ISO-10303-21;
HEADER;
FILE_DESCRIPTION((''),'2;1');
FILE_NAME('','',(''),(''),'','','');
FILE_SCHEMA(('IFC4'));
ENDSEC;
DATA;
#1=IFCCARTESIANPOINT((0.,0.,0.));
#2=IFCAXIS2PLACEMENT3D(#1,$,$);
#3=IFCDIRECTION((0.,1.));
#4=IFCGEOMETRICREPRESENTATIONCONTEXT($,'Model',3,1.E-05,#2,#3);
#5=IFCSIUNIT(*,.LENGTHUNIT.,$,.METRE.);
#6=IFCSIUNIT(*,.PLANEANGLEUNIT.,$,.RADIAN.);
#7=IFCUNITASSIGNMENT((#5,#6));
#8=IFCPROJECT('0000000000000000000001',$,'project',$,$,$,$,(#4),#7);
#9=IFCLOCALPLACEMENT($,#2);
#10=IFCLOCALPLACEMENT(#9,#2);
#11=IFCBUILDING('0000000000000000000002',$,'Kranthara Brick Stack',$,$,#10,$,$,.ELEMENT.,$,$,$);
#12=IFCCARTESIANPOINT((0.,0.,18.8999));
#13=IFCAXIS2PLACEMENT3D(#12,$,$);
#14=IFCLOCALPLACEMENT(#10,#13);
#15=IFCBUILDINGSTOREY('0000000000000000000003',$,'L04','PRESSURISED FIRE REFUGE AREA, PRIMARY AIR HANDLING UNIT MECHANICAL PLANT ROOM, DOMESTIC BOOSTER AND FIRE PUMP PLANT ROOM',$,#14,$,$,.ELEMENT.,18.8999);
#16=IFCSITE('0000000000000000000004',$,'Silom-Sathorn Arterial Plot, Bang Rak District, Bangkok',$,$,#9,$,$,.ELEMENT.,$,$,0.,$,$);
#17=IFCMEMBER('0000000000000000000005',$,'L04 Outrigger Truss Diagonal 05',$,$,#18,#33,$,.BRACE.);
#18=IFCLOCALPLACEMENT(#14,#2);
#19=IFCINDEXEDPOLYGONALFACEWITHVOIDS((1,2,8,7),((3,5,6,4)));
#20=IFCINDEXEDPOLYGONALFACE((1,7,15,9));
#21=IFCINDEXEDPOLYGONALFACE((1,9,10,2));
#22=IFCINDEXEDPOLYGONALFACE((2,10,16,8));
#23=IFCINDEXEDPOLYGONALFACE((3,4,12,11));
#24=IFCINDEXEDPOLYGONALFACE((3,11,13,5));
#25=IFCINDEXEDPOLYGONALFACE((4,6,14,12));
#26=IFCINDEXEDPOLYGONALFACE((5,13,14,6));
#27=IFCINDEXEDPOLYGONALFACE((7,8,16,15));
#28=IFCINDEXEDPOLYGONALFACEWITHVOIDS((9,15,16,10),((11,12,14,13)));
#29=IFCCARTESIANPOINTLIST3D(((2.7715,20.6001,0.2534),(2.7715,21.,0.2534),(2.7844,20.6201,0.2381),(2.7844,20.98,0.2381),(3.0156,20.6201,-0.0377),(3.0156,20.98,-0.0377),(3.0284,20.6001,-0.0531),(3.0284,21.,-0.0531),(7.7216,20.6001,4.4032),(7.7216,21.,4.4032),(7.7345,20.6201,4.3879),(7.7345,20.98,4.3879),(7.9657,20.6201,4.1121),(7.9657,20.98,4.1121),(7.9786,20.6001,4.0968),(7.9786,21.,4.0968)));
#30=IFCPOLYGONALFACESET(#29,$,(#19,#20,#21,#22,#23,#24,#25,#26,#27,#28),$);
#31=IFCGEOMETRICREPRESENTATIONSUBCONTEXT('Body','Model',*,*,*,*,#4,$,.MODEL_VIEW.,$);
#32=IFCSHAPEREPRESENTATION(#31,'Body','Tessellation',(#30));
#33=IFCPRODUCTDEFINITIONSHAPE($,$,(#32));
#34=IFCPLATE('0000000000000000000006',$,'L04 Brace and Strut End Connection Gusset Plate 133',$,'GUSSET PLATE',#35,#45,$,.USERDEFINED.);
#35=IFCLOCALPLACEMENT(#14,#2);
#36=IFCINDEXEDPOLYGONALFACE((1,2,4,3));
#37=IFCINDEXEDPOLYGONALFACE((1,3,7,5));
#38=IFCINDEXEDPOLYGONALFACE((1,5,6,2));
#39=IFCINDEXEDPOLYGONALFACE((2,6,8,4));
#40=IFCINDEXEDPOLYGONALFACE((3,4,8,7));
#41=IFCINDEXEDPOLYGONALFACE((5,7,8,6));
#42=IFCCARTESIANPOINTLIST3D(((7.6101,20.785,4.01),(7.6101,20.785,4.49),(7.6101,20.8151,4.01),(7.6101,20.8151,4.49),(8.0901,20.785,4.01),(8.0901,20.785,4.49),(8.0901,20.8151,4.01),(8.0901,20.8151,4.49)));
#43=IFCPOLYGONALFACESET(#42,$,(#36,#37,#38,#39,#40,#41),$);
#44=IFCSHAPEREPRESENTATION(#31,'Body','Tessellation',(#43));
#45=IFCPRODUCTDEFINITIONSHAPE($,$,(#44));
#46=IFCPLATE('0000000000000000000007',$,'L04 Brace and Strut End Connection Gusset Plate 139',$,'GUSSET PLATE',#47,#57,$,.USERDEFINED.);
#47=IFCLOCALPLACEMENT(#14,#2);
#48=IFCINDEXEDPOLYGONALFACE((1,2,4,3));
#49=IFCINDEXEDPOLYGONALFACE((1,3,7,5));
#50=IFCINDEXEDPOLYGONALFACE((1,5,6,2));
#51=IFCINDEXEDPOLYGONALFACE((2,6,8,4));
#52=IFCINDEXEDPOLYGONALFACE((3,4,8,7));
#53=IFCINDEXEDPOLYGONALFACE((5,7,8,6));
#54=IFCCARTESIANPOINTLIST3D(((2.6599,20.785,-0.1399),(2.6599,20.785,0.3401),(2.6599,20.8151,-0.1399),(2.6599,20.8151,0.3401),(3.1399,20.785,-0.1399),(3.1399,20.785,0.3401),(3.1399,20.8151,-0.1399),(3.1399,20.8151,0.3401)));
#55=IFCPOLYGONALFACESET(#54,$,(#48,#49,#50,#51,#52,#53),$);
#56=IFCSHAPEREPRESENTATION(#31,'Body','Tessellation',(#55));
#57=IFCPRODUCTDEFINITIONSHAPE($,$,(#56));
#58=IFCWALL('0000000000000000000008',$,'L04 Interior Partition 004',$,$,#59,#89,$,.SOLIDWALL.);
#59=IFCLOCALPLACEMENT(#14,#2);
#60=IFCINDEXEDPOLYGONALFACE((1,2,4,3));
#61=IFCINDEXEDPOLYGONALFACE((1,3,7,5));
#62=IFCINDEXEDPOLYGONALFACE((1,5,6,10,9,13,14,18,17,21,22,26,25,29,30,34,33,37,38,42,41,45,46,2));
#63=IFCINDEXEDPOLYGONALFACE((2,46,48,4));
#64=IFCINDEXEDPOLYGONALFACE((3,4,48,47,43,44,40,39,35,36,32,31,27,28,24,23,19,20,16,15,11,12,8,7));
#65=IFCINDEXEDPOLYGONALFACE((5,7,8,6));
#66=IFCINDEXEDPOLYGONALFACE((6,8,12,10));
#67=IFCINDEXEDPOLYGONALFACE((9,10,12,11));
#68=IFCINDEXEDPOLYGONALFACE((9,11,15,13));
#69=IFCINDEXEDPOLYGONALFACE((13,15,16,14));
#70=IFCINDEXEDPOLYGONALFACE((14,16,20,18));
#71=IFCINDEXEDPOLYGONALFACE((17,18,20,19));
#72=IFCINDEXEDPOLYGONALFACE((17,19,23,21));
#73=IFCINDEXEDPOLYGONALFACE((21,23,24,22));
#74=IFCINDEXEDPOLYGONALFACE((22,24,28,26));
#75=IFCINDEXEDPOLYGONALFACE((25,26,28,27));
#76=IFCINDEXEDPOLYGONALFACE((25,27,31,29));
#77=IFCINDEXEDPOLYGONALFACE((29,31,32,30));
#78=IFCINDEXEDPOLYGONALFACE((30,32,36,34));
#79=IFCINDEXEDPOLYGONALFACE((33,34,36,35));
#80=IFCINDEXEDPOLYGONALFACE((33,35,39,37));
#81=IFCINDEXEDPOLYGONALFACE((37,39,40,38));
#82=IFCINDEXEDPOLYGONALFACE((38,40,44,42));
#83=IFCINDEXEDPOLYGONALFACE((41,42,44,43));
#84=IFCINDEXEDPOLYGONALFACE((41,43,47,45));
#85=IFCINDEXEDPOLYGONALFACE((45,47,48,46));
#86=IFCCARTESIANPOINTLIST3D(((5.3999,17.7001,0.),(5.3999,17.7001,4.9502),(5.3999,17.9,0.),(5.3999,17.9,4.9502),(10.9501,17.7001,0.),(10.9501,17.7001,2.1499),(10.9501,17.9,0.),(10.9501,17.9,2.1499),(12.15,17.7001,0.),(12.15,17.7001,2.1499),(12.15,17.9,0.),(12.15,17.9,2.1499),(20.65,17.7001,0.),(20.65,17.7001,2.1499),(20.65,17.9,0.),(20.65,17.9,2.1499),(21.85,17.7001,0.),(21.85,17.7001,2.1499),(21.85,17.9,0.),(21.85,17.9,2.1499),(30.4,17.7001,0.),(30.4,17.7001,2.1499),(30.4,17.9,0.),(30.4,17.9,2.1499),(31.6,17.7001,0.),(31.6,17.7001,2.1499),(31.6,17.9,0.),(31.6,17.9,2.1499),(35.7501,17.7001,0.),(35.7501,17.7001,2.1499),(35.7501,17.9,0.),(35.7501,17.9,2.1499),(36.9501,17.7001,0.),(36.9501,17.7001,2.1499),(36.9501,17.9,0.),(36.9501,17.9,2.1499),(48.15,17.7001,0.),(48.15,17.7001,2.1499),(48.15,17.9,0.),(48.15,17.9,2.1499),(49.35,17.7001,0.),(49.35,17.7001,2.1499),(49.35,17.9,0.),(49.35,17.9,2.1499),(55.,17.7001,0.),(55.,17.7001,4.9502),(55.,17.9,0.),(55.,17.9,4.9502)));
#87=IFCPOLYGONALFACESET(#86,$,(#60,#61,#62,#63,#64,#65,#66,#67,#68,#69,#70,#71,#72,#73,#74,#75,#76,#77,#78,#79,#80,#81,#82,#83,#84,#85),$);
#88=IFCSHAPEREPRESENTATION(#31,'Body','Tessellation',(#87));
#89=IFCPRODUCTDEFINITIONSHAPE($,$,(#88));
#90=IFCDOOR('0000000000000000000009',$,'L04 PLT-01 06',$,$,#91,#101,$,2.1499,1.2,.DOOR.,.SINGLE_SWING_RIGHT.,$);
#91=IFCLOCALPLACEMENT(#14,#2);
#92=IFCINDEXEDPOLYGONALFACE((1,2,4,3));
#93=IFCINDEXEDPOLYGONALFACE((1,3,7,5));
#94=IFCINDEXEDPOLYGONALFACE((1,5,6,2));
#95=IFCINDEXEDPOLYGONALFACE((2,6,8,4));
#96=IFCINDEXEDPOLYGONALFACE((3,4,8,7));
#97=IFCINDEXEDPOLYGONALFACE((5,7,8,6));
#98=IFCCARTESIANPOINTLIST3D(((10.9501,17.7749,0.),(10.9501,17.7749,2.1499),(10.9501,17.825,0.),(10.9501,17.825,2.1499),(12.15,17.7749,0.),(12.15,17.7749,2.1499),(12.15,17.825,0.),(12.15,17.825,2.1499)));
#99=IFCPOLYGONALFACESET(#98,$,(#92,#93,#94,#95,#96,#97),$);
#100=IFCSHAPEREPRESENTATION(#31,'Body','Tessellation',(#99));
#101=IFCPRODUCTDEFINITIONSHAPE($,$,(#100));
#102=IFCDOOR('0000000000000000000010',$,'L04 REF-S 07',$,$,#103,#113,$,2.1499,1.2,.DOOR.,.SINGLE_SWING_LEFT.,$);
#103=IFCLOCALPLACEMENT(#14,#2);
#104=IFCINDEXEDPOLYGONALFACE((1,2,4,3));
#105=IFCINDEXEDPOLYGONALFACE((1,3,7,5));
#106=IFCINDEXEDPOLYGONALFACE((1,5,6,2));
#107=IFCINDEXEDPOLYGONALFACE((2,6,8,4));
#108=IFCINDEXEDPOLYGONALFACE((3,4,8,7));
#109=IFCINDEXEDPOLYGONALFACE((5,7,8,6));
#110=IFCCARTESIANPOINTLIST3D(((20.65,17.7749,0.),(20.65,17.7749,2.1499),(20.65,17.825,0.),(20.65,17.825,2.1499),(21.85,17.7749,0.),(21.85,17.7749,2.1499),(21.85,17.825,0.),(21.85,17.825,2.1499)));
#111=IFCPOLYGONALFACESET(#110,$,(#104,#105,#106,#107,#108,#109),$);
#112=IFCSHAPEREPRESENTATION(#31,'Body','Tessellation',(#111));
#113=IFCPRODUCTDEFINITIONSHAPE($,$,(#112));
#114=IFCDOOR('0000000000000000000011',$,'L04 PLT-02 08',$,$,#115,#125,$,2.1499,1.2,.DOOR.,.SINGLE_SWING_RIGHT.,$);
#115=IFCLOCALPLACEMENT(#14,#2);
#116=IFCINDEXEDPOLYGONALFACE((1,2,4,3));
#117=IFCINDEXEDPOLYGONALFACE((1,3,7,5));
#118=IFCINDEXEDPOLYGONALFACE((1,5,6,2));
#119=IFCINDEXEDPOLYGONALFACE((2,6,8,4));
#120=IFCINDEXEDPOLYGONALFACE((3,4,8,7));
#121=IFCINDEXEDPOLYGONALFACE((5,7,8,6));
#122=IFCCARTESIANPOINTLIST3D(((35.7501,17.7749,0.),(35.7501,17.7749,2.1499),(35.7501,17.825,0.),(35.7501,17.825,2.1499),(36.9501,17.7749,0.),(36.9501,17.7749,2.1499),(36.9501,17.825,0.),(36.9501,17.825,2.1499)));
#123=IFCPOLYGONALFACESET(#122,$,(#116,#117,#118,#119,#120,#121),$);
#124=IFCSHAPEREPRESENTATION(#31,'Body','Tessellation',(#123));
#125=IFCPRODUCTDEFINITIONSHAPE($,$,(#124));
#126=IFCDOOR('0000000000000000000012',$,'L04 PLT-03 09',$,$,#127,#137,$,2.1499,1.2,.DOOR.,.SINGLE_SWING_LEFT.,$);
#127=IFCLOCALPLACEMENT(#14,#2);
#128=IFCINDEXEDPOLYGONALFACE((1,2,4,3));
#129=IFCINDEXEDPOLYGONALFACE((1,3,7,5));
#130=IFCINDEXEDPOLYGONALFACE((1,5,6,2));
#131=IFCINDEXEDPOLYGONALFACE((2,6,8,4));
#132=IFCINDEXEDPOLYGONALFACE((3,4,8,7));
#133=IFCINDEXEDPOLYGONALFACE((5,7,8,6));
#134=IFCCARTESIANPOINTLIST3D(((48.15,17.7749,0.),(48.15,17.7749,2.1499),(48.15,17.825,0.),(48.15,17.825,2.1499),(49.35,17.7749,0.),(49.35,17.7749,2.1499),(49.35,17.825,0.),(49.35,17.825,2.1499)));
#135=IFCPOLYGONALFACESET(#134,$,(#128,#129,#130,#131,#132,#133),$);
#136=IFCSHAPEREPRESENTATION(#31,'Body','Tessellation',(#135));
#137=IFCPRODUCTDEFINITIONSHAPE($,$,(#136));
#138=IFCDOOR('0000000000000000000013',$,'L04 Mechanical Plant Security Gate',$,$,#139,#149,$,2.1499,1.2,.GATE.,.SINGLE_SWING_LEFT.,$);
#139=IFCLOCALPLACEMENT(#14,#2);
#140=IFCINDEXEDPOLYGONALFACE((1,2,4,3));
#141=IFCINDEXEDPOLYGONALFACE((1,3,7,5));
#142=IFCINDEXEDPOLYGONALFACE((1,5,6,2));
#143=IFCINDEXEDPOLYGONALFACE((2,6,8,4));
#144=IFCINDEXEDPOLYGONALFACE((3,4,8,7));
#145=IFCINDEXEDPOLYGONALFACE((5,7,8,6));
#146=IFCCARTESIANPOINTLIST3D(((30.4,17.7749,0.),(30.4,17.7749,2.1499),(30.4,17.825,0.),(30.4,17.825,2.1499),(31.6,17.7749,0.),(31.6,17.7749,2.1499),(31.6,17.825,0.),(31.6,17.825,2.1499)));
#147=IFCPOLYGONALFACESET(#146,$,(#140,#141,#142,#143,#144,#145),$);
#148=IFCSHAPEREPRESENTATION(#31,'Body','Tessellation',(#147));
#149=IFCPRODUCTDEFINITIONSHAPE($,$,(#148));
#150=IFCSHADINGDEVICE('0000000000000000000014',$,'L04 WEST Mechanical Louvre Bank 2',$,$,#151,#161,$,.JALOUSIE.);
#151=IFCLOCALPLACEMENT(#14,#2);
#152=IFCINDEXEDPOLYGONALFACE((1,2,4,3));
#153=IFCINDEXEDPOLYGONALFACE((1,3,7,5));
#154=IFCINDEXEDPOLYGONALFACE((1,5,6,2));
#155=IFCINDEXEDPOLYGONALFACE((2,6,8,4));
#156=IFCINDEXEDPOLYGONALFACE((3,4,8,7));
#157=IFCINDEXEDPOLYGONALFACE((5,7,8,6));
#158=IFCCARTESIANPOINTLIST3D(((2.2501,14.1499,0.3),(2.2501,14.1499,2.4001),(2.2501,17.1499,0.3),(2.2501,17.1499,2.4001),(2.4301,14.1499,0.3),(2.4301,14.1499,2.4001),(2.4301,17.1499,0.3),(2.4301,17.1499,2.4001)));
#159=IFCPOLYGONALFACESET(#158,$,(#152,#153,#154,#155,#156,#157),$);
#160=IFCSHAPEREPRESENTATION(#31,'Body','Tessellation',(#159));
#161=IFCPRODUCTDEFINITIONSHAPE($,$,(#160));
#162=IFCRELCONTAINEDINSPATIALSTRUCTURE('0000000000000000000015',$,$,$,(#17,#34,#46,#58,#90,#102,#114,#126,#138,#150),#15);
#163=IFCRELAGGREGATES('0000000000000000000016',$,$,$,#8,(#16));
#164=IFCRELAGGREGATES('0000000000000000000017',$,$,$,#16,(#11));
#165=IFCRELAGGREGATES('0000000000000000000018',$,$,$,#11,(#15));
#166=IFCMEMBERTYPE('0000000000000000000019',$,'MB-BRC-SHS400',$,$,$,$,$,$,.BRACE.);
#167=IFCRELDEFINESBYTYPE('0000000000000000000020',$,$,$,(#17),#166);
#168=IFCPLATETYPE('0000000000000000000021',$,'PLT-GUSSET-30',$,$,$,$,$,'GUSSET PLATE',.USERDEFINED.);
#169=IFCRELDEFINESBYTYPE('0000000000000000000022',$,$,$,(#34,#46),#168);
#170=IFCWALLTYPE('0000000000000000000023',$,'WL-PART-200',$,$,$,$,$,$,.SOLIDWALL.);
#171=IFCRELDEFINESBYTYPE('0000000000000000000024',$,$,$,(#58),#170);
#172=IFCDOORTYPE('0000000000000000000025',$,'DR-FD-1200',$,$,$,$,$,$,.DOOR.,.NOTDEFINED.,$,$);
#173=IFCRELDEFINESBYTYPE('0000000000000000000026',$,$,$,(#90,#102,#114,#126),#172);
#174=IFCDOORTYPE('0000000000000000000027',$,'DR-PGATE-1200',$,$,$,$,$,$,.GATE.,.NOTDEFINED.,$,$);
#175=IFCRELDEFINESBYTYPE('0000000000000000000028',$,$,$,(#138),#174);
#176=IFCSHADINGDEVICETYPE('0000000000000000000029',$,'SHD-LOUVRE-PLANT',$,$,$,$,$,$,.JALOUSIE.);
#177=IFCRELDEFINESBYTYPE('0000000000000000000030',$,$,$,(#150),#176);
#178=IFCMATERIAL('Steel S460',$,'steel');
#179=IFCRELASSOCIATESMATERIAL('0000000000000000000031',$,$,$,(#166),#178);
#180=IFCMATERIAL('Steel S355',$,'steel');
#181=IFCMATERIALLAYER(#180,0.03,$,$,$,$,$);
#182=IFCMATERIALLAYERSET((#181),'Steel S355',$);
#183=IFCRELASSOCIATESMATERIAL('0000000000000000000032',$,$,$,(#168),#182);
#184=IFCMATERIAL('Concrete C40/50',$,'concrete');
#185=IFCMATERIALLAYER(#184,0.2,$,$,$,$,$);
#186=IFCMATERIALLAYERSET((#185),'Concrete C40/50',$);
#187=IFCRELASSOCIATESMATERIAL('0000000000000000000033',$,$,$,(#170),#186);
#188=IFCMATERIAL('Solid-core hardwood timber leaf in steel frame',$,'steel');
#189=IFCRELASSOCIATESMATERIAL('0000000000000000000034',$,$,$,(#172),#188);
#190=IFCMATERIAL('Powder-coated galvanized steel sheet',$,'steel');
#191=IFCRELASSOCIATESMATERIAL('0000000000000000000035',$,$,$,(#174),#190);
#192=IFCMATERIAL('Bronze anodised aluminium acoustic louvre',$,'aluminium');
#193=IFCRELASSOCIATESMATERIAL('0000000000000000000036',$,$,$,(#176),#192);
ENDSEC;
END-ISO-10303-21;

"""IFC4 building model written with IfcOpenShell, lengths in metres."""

from ifc_helpers import new_model, si_unit, direction, frame, frame_2d, origin, origin_2d, place, context, subcontext, project, spatial, rectangle, hollow_rectangle, extrude, material, layer, layer_set, material_profile, profile_set, type_object, element, fill, save


model = new_model("IFC4")

# Units and contexts
model_context = context("Model", 3, precision=1e-05, world=origin(), true_north=direction((0.0, 1.0)))
body_context = subcontext(model_context, "Body", "Model", "MODEL_VIEW")
ifc_project = project(units=[si_unit("LENGTHUNIT", "METRE"), si_unit("PLANEANGLEUNIT", "RADIAN")], contexts=[model_context])

# Site, building, storey
site_placement = place(None, origin())
site = spatial("IfcSite", under=ifc_project, at=site_placement, Name="Silom-Sathorn Arterial Plot, Bang Rak District, Bangkok", CompositionType="ELEMENT", RefElevation=0.0)
building_placement = place(site_placement, origin())
building = spatial("IfcBuilding", under=site, at=building_placement, Name="Kranthara Brick Stack", CompositionType="ELEMENT")
storey_placement = place(building_placement, frame((0.0, 0.0, 18.8999)))
storey = spatial("IfcBuildingStorey", under=building, at=storey_placement, Name="L04", Description="PRESSURISED FIRE REFUGE AREA, PRIMARY AIR HANDLING UNIT MECHANICAL PLANT ROOM, DOMESTIC BOOSTER AND FIRE PUMP PLANT ROOM", CompositionType="ELEMENT", Elevation=18.8999)

# Member
ifc_material_1 = material(Name="Steel S460", Category="steel")
ifc_material_profile_1 = material_profile(ifc_material_1, hollow_rectangle(XDim=0.3999, YDim=0.3999, WallThickness=0.02, at=origin_2d()), Name="SHS 400x400x20")
ifc_profile_set_1 = profile_set([ifc_material_profile_1], Name="Steel S460")
member_type = type_object("IfcMemberType", Name="MB-BRC-SHS400", PredefinedType="BRACE", material=ifc_profile_set_1)
member_placement = place(storey_placement, frame((7.8501, 20.8, 4.25), z_axis=(-0.766334, 0.0, -0.642442), x_axis=(0.0, -1.0, 0.0)))
element("IfcMember", 1, at=member_placement, inside=storey, type_object=member_type, Name="L04 Outrigger Truss Diagonal 05", PredefinedType="BRACE", context=body_context, shape_type="SweptSolid", body=[
    extrude(hollow_rectangle(XDim=0.3999, YDim=0.3999, WallThickness=0.02, at=origin_2d()), origin(), (0.0, 0.0, 1.0), 6.4595),
])

# Plates
ifc_material_2 = material(Name="Steel S355", Category="steel")
ifc_layer_1 = layer(ifc_material_2, 0.03)
ifc_layer_set_1 = layer_set([ifc_layer_1], Name="Steel S355")
plate_type = type_object("IfcPlateType", Name="PLT-GUSSET-30", ElementType="GUSSET PLATE", PredefinedType="USERDEFINED", material=ifc_layer_set_1)
for number, where, z_axis, x_axis, name in (
    (2, (7.8501, 20.8, 4.01), (0.0, 0.0, 1.0), (1.0, 0.0, 0.0), "L04 Brace and Strut End Connection Gusset Plate 133"),
    (3, (2.8999, 20.8, -0.1399), (0.0, 0.0, 1.0), (1.0, 0.0, 0.0), "L04 Brace and Strut End Connection Gusset Plate 139"),
):
    element("IfcPlate", number, at=place(storey_placement, frame(where, z_axis=z_axis, x_axis=x_axis)), inside=storey, type_object=plate_type, Name=name, ObjectType="GUSSET PLATE", PredefinedType="USERDEFINED", context=body_context, shape_type="SweptSolid", body=[
        extrude(rectangle(XDim=0.48, YDim=0.03, at=origin_2d()), origin(), (0.0, 0.0, 1.0), 0.48),
    ])

# Wall, openings, doors
ifc_material_3 = material(Name="Concrete C40/50", Category="concrete")
ifc_layer_2 = layer(ifc_material_3, 0.2)
ifc_layer_set_2 = layer_set([ifc_layer_2], Name="Concrete C40/50")
wall_type = type_object("IfcWallType", Name="WL-PART-200", PredefinedType="SOLIDWALL", material=ifc_layer_set_2)
wall_placement = place(storey_placement, frame((5.3999, 17.8, 0.0), z_axis=(0.0, 0.0, 1.0), x_axis=(1.0, 0.0, 0.0)))
wall = element("IfcWall", 4, at=wall_placement, inside=storey, type_object=wall_type, Name="L04 Interior Partition 004", PredefinedType="SOLIDWALL", context=body_context, shape_type="SweptSolid", body=[
    extrude(rectangle(XDim=49.6001, YDim=0.2, at=frame_2d((24.8, 0.0))), origin(), (0.0, 0.0, 1.0), 4.9502),
])
opening_1_placement = place(wall_placement, frame((5.55, 0.0, 0.0)))
opening_1 = element("IfcOpeningElement", 5, at=opening_1_placement, cuts=wall, PredefinedType="OPENING", context=body_context, shape_type="SweptSolid", body=[
    extrude(rectangle(XDim=1.2, YDim=2.1499, at=frame_2d((0.6001, 1.075))), frame((0.0, 0.1099, 0.0), z_axis=(0.0, -1.0, 0.0), x_axis=(1.0, 0.0, 0.0)), (0.0, 0.0, 1.0), 0.22),
])
opening_2_placement = place(wall_placement, frame((15.25, 0.0, 0.0)))
opening_2 = element("IfcOpeningElement", 6, at=opening_2_placement, cuts=wall, PredefinedType="OPENING", context=body_context, shape_type="SweptSolid", body=[
    extrude(rectangle(XDim=1.2, YDim=2.1499, at=frame_2d((0.6001, 1.075))), frame((0.0, 0.1099, 0.0), z_axis=(0.0, -1.0, 0.0), x_axis=(1.0, 0.0, 0.0)), (0.0, 0.0, 1.0), 0.22),
])
opening_3_placement = place(wall_placement, frame((30.3501, 0.0, 0.0)))
opening_3 = element("IfcOpeningElement", 7, at=opening_3_placement, cuts=wall, PredefinedType="OPENING", context=body_context, shape_type="SweptSolid", body=[
    extrude(rectangle(XDim=1.2, YDim=2.1499, at=frame_2d((0.6001, 1.075))), frame((0.0, 0.1099, 0.0), z_axis=(0.0, -1.0, 0.0), x_axis=(1.0, 0.0, 0.0)), (0.0, 0.0, 1.0), 0.22),
])
opening_4_placement = place(wall_placement, frame((42.75, 0.0, 0.0)))
opening_4 = element("IfcOpeningElement", 8, at=opening_4_placement, cuts=wall, PredefinedType="OPENING", context=body_context, shape_type="SweptSolid", body=[
    extrude(rectangle(XDim=1.2, YDim=2.1499, at=frame_2d((0.6001, 1.075))), frame((0.0, 0.1099, 0.0), z_axis=(0.0, -1.0, 0.0), x_axis=(1.0, 0.0, 0.0)), (0.0, 0.0, 1.0), 0.22),
])
opening_5_placement = place(wall_placement, frame((25.0, 0.0, 0.0)))
opening_5 = element("IfcOpeningElement", 9, at=opening_5_placement, cuts=wall, PredefinedType="OPENING", context=body_context, shape_type="SweptSolid", body=[
    extrude(rectangle(XDim=1.2, YDim=2.1499, at=frame_2d((0.6001, 1.075))), frame((0.0, 0.1099, 0.0), z_axis=(0.0, -1.0, 0.0), x_axis=(1.0, 0.0, 0.0)), (0.0, 0.0, 1.0), 0.22),
])
ifc_material_4 = material(Name="Solid-core hardwood timber leaf in steel frame", Category="steel")
door_type_1 = type_object("IfcDoorType", Name="DR-FD-1200", OperationType="NOTDEFINED", PredefinedType="DOOR", material=ifc_material_4)
door_1_placement = place(opening_1_placement, origin())
door_1 = element("IfcDoor", 10, at=door_1_placement, inside=storey, type_object=door_type_1, Name="L04 PLT-01 06", OperationType="SINGLE_SWING_RIGHT", OverallHeight=2.1499, OverallWidth=1.2, PredefinedType="DOOR", context=body_context, shape_type="SweptSolid", body=[
    extrude(rectangle(XDim=1.2, YDim=2.1499, at=frame_2d((0.6001, 1.075))), frame((0.0, 0.0249, 0.0), z_axis=(0.0, -1.0, 0.0), x_axis=(1.0, 0.0, 0.0)), (0.0, 0.0, 1.0), 0.05),
])
fill(opening_1, door_1)
door_2_placement = place(opening_2_placement, origin())
door_2 = element("IfcDoor", 11, at=door_2_placement, inside=storey, type_object=door_type_1, Name="L04 REF-S 07", OperationType="SINGLE_SWING_LEFT", OverallHeight=2.1499, OverallWidth=1.2, PredefinedType="DOOR", context=body_context, shape_type="SweptSolid", body=[
    extrude(rectangle(XDim=1.2, YDim=2.1499, at=frame_2d((0.6001, 1.075))), frame((0.0, 0.0249, 0.0), z_axis=(0.0, -1.0, 0.0), x_axis=(1.0, 0.0, 0.0)), (0.0, 0.0, 1.0), 0.05),
])
fill(opening_2, door_2)
door_3_placement = place(opening_3_placement, origin())
door_3 = element("IfcDoor", 12, at=door_3_placement, inside=storey, type_object=door_type_1, Name="L04 PLT-02 08", OperationType="SINGLE_SWING_RIGHT", OverallHeight=2.1499, OverallWidth=1.2, PredefinedType="DOOR", context=body_context, shape_type="SweptSolid", body=[
    extrude(rectangle(XDim=1.2, YDim=2.1499, at=frame_2d((0.6001, 1.075))), frame((0.0, 0.0249, 0.0), z_axis=(0.0, -1.0, 0.0), x_axis=(1.0, 0.0, 0.0)), (0.0, 0.0, 1.0), 0.05),
])
fill(opening_3, door_3)
door_4_placement = place(opening_4_placement, origin())
door_4 = element("IfcDoor", 13, at=door_4_placement, inside=storey, type_object=door_type_1, Name="L04 PLT-03 09", OperationType="SINGLE_SWING_LEFT", OverallHeight=2.1499, OverallWidth=1.2, PredefinedType="DOOR", context=body_context, shape_type="SweptSolid", body=[
    extrude(rectangle(XDim=1.2, YDim=2.1499, at=frame_2d((0.6001, 1.075))), frame((0.0, 0.0249, 0.0), z_axis=(0.0, -1.0, 0.0), x_axis=(1.0, 0.0, 0.0)), (0.0, 0.0, 1.0), 0.05),
])
fill(opening_4, door_4)
ifc_material_5 = material(Name="Powder-coated galvanized steel sheet", Category="steel")
door_type_2 = type_object("IfcDoorType", Name="DR-PGATE-1200", OperationType="NOTDEFINED", PredefinedType="GATE", material=ifc_material_5)
door_5_placement = place(opening_5_placement, origin())
door_5 = element("IfcDoor", 14, at=door_5_placement, inside=storey, type_object=door_type_2, Name="L04 Mechanical Plant Security Gate", OperationType="SINGLE_SWING_LEFT", OverallHeight=2.1499, OverallWidth=1.2, PredefinedType="GATE", context=body_context, shape_type="SweptSolid", body=[
    extrude(rectangle(XDim=1.2, YDim=2.1499, at=frame_2d((0.6001, 1.075))), frame((0.0, 0.0249, 0.0), z_axis=(0.0, -1.0, 0.0), x_axis=(1.0, 0.0, 0.0)), (0.0, 0.0, 1.0), 0.05),
])
fill(opening_5, door_5)

# Shading device
ifc_material_6 = material(Name="Bronze anodised aluminium acoustic louvre", Category="aluminium")
shading_device_type = type_object("IfcShadingDeviceType", Name="SHD-LOUVRE-PLANT", PredefinedType="JALOUSIE", material=ifc_material_6)
for number, where, z_axis, x_axis, name in (
    (15, (2.3401, 15.6499, 0.3), (0.0, 0.0, 1.0), (0.0, 1.0, 0.0), "L04 WEST Mechanical Louvre Bank 2"),
):
    element("IfcShadingDevice", number, at=place(storey_placement, frame(where, z_axis=z_axis, x_axis=x_axis)), inside=storey, type_object=shading_device_type, Name=name, PredefinedType="JALOUSIE", context=body_context, shape_type="SweptSolid", body=[
        extrude(rectangle(XDim=3.0, YDim=0.1799, at=origin_2d()), origin(), (0.0, 0.0, 1.0), 2.1001),
    ])

save(model, "model.ifc")
